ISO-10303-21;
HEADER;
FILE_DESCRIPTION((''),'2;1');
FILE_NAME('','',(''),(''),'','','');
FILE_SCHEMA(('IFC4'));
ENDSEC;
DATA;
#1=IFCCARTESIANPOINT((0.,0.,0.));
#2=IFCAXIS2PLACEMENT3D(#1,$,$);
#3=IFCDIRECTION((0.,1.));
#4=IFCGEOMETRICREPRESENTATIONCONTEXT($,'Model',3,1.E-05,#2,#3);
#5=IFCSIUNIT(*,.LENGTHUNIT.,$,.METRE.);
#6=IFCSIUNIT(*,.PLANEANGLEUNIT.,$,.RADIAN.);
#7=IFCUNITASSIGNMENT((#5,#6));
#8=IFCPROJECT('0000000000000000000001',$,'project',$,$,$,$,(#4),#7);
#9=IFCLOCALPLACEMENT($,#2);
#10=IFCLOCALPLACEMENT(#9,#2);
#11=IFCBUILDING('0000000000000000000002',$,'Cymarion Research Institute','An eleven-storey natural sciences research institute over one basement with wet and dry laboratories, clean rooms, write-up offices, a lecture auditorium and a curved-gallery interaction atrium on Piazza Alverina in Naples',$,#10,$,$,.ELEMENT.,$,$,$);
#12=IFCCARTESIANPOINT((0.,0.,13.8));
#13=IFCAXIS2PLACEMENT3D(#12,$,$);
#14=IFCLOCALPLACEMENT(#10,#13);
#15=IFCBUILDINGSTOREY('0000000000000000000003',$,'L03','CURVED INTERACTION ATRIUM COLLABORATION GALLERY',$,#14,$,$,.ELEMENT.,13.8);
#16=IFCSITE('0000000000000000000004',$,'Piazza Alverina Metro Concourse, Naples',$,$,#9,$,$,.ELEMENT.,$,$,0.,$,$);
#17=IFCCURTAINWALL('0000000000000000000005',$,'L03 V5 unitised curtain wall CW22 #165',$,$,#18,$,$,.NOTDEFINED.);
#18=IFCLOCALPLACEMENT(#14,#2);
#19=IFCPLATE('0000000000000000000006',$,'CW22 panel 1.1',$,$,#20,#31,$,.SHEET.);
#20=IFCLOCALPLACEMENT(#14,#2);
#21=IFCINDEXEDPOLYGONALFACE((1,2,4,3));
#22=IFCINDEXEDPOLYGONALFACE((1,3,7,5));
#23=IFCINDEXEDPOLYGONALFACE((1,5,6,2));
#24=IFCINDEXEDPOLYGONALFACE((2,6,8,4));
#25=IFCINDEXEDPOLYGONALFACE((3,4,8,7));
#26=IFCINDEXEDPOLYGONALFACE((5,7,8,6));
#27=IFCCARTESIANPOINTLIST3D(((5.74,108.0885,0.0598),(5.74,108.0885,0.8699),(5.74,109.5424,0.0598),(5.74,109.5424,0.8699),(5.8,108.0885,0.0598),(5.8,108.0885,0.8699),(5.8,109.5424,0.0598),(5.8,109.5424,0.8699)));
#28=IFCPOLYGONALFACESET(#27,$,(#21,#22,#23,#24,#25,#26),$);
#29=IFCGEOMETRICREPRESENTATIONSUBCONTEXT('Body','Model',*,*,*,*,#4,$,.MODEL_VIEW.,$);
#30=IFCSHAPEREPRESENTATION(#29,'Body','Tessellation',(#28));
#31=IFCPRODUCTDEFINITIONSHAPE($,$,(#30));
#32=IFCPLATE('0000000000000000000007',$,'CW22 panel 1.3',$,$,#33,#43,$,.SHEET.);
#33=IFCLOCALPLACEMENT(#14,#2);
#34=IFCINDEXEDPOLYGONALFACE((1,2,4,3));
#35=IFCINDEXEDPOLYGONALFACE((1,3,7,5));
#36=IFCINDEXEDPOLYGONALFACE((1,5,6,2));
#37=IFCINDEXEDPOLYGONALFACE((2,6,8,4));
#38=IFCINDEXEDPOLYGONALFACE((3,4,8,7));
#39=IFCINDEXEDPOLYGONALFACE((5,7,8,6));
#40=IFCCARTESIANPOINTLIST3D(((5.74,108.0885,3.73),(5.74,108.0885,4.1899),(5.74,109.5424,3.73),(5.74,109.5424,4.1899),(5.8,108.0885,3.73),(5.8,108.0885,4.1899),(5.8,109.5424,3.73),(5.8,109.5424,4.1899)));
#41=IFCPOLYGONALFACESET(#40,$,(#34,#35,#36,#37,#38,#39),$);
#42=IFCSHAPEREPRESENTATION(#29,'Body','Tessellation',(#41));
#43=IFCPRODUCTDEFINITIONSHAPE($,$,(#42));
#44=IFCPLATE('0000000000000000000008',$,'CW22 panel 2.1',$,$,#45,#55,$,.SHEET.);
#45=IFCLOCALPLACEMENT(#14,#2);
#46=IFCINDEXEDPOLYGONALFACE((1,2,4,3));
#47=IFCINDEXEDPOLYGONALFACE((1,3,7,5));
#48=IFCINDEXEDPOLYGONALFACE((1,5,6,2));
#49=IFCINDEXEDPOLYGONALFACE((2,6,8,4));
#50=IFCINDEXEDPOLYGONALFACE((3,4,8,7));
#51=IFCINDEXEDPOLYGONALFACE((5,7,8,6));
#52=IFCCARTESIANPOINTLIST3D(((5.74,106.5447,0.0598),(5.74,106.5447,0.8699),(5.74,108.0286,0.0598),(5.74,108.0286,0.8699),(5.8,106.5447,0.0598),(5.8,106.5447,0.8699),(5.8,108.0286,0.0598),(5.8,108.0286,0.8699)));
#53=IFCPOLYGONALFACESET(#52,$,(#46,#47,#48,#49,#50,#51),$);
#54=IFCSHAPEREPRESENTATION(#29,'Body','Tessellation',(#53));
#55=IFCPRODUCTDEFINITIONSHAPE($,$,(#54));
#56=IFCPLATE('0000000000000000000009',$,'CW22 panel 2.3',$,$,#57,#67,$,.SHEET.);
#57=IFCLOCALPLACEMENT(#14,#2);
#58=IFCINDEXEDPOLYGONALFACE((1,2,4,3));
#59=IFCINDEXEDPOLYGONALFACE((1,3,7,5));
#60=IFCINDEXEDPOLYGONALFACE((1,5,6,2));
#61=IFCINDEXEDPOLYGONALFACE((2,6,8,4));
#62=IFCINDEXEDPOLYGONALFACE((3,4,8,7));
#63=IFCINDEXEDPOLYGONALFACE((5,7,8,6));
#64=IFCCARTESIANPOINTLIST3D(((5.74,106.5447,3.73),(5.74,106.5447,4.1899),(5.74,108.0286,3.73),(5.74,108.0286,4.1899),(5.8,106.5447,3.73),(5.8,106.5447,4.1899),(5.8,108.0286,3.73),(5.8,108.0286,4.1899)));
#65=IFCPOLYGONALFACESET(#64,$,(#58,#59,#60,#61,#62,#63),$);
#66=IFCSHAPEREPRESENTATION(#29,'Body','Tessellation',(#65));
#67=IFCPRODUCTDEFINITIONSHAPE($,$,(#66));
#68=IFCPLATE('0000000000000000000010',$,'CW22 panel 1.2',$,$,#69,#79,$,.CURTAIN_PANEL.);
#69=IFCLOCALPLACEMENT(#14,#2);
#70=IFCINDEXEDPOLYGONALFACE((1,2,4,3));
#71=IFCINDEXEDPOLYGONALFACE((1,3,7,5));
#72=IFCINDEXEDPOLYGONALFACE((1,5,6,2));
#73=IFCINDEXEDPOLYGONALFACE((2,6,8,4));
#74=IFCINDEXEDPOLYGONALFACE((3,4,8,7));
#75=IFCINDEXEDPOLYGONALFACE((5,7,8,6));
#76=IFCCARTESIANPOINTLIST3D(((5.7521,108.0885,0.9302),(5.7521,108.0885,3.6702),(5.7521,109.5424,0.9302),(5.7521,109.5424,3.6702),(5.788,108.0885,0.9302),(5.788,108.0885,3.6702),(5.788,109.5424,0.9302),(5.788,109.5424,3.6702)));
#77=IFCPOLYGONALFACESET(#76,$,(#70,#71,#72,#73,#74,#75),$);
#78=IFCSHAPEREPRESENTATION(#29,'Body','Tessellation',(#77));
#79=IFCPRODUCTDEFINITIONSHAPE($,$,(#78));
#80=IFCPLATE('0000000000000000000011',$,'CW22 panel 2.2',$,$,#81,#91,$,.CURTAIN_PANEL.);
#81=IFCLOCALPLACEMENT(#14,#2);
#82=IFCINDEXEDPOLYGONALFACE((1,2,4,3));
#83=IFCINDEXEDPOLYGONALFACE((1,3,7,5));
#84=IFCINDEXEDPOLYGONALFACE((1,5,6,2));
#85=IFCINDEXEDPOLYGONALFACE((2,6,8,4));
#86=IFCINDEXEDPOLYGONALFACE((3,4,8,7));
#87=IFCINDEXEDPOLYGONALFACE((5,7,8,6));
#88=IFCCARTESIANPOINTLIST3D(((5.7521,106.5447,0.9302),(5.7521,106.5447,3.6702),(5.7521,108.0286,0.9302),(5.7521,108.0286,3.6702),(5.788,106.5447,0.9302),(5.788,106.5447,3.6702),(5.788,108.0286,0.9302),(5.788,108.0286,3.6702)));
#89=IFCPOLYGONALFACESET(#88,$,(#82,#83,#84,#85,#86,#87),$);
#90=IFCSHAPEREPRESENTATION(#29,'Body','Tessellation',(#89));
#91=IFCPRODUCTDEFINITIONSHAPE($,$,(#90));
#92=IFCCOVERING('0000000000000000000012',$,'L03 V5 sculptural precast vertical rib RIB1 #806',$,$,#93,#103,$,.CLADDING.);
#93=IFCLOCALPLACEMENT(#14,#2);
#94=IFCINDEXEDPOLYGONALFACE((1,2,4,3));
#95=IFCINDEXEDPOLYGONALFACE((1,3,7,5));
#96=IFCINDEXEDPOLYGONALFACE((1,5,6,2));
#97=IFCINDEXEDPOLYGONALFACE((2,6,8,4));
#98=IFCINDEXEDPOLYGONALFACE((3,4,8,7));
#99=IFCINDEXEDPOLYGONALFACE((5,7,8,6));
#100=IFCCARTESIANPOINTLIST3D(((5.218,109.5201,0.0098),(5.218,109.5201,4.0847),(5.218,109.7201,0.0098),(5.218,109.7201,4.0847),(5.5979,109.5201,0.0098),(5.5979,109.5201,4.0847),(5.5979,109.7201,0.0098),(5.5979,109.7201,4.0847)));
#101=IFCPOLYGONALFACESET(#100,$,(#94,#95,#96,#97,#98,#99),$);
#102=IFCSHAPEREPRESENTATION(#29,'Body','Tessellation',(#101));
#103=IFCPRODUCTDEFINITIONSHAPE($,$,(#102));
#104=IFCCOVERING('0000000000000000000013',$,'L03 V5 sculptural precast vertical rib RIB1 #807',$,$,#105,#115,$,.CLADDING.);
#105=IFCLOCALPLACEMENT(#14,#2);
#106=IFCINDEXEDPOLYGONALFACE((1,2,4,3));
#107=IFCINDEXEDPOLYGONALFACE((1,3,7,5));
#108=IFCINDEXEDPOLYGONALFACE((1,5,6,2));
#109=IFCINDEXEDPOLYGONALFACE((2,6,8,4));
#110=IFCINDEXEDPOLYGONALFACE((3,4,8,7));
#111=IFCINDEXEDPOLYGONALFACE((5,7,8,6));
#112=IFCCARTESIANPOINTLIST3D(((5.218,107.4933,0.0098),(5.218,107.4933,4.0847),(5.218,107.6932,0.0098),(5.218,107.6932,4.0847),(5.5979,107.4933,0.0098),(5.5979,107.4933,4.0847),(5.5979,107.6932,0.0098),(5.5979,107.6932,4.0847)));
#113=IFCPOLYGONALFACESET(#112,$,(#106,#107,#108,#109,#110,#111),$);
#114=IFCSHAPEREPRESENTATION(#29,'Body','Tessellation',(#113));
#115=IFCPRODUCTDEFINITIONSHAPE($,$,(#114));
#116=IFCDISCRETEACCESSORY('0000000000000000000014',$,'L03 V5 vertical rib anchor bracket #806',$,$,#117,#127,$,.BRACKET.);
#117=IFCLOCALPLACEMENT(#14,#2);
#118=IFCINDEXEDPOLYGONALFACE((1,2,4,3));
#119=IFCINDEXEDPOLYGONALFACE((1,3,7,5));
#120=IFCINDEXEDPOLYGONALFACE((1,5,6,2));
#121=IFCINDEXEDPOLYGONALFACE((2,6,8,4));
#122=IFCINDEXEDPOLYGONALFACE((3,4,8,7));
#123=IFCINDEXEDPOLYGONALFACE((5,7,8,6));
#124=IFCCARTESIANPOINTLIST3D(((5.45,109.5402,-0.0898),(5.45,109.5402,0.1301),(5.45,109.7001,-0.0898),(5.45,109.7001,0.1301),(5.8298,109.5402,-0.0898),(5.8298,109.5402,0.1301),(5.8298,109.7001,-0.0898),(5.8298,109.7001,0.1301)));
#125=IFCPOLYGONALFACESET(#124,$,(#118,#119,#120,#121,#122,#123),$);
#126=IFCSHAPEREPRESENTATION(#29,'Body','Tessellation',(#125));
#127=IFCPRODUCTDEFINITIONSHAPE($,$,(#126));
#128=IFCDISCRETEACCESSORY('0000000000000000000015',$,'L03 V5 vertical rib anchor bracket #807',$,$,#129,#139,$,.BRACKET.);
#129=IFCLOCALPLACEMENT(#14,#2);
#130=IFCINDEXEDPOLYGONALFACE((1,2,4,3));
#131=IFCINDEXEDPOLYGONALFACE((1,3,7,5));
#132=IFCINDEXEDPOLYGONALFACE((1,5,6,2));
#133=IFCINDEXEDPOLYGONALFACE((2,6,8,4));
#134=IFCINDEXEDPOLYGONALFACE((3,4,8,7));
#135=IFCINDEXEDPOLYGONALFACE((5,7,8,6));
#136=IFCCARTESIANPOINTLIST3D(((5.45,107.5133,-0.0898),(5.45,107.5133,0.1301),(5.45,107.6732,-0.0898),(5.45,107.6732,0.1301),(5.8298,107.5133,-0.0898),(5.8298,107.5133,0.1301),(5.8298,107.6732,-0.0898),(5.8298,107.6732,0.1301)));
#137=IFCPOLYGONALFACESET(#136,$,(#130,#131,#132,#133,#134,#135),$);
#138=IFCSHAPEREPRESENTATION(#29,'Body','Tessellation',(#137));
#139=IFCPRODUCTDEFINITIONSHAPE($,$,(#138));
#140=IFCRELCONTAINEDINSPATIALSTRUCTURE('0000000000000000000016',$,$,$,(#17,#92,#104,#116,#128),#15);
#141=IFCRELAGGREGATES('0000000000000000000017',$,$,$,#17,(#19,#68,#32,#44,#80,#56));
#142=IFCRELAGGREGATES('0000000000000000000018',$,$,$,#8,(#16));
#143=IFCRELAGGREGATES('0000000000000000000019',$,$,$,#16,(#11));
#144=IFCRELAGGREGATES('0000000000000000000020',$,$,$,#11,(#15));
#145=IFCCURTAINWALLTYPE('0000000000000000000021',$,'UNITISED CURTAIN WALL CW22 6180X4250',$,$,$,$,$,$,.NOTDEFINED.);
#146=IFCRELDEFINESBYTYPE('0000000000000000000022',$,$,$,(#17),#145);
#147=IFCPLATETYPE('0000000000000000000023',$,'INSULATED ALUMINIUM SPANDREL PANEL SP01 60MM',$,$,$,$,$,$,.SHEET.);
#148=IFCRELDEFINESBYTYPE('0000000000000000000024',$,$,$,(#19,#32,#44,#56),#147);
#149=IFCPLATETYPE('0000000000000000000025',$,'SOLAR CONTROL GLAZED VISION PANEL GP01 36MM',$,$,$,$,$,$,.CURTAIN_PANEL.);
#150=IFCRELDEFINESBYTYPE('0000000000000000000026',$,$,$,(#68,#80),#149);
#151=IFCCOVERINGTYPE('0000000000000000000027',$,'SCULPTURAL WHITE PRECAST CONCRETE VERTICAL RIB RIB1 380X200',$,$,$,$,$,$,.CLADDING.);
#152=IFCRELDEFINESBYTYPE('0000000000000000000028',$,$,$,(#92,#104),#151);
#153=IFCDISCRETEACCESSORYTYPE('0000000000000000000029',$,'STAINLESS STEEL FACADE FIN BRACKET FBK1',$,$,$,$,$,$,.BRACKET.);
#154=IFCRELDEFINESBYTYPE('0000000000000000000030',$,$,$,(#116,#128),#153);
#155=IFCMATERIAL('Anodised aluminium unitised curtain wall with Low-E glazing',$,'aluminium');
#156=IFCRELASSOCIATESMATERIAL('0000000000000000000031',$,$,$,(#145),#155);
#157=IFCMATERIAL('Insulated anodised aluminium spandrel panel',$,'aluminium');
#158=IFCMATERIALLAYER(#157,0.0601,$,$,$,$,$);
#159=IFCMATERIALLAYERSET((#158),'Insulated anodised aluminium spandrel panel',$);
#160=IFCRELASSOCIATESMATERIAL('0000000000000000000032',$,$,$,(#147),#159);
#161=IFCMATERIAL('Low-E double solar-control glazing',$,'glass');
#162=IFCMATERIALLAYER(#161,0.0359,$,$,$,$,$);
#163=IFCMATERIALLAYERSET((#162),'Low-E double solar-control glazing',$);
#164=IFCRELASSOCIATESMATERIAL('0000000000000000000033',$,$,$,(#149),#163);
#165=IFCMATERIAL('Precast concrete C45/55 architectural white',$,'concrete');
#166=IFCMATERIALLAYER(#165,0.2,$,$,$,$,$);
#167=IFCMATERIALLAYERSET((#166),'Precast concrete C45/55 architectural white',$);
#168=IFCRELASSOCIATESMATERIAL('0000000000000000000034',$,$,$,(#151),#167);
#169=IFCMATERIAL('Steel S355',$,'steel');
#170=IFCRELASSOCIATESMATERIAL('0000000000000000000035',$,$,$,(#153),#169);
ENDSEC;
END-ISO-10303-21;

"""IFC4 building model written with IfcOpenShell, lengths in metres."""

from ifc_helpers import new_model, si_unit, direction, frame, origin, origin_2d, place, context, subcontext, project, spatial, rectangle, extrude, material, layer, layer_set, type_object, element, aggregate, save


model = new_model("IFC4")

# Units and contexts
model_context = context("Model", 3, precision=1e-05, world=origin(), true_north=direction((0.0, 1.0)))
body_context = subcontext(model_context, "Body", "Model", "MODEL_VIEW")
ifc_project = project(units=[si_unit("LENGTHUNIT", "METRE"), si_unit("PLANEANGLEUNIT", "RADIAN")], contexts=[model_context])

# Site, building, storey
site_placement = place(None, origin())
site = spatial("IfcSite", under=ifc_project, at=site_placement, Name="Piazza Alverina Metro Concourse, Naples", CompositionType="ELEMENT", RefElevation=0.0)
building_placement = place(site_placement, origin())
building = spatial("IfcBuilding", under=site, at=building_placement, Name="Cymarion Research Institute", Description="An eleven-storey natural sciences research institute over one basement with wet and dry laboratories, clean rooms, write-up offices, a lecture auditorium and a curved-gallery interaction atrium on Piazza Alverina in Naples", CompositionType="ELEMENT")
storey_placement = place(building_placement, frame((0.0, 0.0, 13.8)))
storey = spatial("IfcBuildingStorey", under=building, at=storey_placement, Name="L03", Description="CURVED INTERACTION ATRIUM COLLABORATION GALLERY", CompositionType="ELEMENT", Elevation=13.8)

# Shared definitions
ifc_material_1 = material(Name="Anodised aluminium unitised curtain wall with Low-E glazing", Category="aluminium")
curtain_wall_type = type_object("IfcCurtainWallType", Name="UNITISED CURTAIN WALL CW22 6180X4250", PredefinedType="NOTDEFINED", material=ifc_material_1)

# Curtain wall, plates
curtain_wall_1_placement = place(storey_placement, origin())
curtain_wall_1 = element("IfcCurtainWall", 1, at=curtain_wall_1_placement, inside=storey, type_object=curtain_wall_type, Name="L03 V5 unitised curtain wall CW22 #165", PredefinedType="NOTDEFINED")
ifc_material_2 = material(Name="Insulated anodised aluminium spandrel panel", Category="aluminium")
ifc_layer_1 = layer(ifc_material_2, 0.0601)
ifc_layer_set_1 = layer_set([ifc_layer_1], Name="Insulated anodised aluminium spandrel panel")
plate_type_1 = type_object("IfcPlateType", Name="INSULATED ALUMINIUM SPANDREL PANEL SP01 60MM", PredefinedType="SHEET", material=ifc_layer_set_1)
plate_1_placement = place(storey_placement, frame((5.77, 108.8154, 0.0598), z_axis=(0.0, 0.0, 1.0), x_axis=(0.0, -1.0, 0.0)))
plate_1 = element("IfcPlate", 2, at=plate_1_placement, type_object=plate_type_1, Name="CW22 panel 1.1", PredefinedType="SHEET", context=body_context, shape_type="SweptSolid", body=[
    extrude(rectangle(XDim=1.4539, YDim=0.0601, at=origin_2d()), origin(), (0.0, 0.0, 1.0), 0.8101),
])
plate_2_placement = place(storey_placement, frame((5.77, 108.8154, 3.73), z_axis=(0.0, 0.0, 1.0), x_axis=(0.0, -1.0, 0.0)))
plate_2 = element("IfcPlate", 3, at=plate_2_placement, type_object=plate_type_1, Name="CW22 panel 1.3", PredefinedType="SHEET", context=body_context, shape_type="SweptSolid", body=[
    extrude(rectangle(XDim=1.4539, YDim=0.0601, at=origin_2d()), origin(), (0.0, 0.0, 1.0), 0.46),
])
plate_3_placement = place(storey_placement, frame((5.77, 107.2866, 0.0598), z_axis=(0.0, 0.0, 1.0), x_axis=(0.0, -1.0, 0.0)))
plate_3 = element("IfcPlate", 4, at=plate_3_placement, type_object=plate_type_1, Name="CW22 panel 2.1", PredefinedType="SHEET", context=body_context, shape_type="SweptSolid", body=[
    extrude(rectangle(XDim=1.4839, YDim=0.0601, at=origin_2d()), origin(), (0.0, 0.0, 1.0), 0.8101),
])
plate_4_placement = place(storey_placement, frame((5.77, 107.2866, 3.73), z_axis=(0.0, 0.0, 1.0), x_axis=(0.0, -1.0, 0.0)))
plate_4 = element("IfcPlate", 5, at=plate_4_placement, type_object=plate_type_1, Name="CW22 panel 2.3", PredefinedType="SHEET", context=body_context, shape_type="SweptSolid", body=[
    extrude(rectangle(XDim=1.4839, YDim=0.0601, at=origin_2d()), origin(), (0.0, 0.0, 1.0), 0.46),
])
ifc_material_3 = material(Name="Low-E double solar-control glazing", Category="glass")
ifc_layer_2 = layer(ifc_material_3, 0.0359)
ifc_layer_set_2 = layer_set([ifc_layer_2], Name="Low-E double solar-control glazing")
plate_type_2 = type_object("IfcPlateType", Name="SOLAR CONTROL GLAZED VISION PANEL GP01 36MM", PredefinedType="CURTAIN_PANEL", material=ifc_layer_set_2)
plate_5_placement = place(storey_placement, frame((5.77, 108.8154, 0.9302), z_axis=(0.0, 0.0, 1.0), x_axis=(0.0, -1.0, 0.0)))
plate_5 = element("IfcPlate", 6, at=plate_5_placement, type_object=plate_type_2, Name="CW22 panel 1.2", PredefinedType="CURTAIN_PANEL", context=body_context, shape_type="SweptSolid", body=[
    extrude(rectangle(XDim=1.4539, YDim=0.0359, at=origin_2d()), origin(), (0.0, 0.0, 1.0), 2.74),
])
plate_6_placement = place(storey_placement, frame((5.77, 107.2866, 0.9302), z_axis=(0.0, 0.0, 1.0), x_axis=(0.0, -1.0, 0.0)))
plate_6 = element("IfcPlate", 7, at=plate_6_placement, type_object=plate_type_2, Name="CW22 panel 2.2", PredefinedType="CURTAIN_PANEL", context=body_context, shape_type="SweptSolid", body=[
    extrude(rectangle(XDim=1.4839, YDim=0.0359, at=origin_2d()), origin(), (0.0, 0.0, 1.0), 2.74),
])
aggregate(curtain_wall_1, [plate_1, plate_5, plate_2, plate_3, plate_6, plate_4])

# Coverings
ifc_material_4 = material(Name="Precast concrete C45/55 architectural white", Category="concrete")
ifc_layer_3 = layer(ifc_material_4, 0.2)
ifc_layer_set_3 = layer_set([ifc_layer_3], Name="Precast concrete C45/55 architectural white")
covering_type = type_object("IfcCoveringType", Name="SCULPTURAL WHITE PRECAST CONCRETE VERTICAL RIB RIB1 380X200", PredefinedType="CLADDING", material=ifc_layer_set_3)
for number, where, z_axis, x_axis, name in (
    (8, (5.408, 109.6201, 0.0098), (0.0, 0.0, 1.0), (-1.0, 0.0, 0.0), "L03 V5 sculptural precast vertical rib RIB1 #806"),
    (9, (5.408, 107.5933, 0.0098), (0.0, 0.0, 1.0), (-1.0, 0.0, 0.0), "L03 V5 sculptural precast vertical rib RIB1 #807"),
):
    element("IfcCovering", number, at=place(storey_placement, frame(where, z_axis=z_axis, x_axis=x_axis)), inside=storey, type_object=covering_type, Name=name, PredefinedType="CLADDING", context=body_context, shape_type="SweptSolid", body=[
        extrude(rectangle(XDim=0.3799, YDim=0.2, at=origin_2d()), origin(), (0.0, 0.0, 1.0), 4.075),
    ])

# Discrete accessories
ifc_material_5 = material(Name="Steel S355", Category="steel")
discrete_accessory_type = type_object("IfcDiscreteAccessoryType", Name="STAINLESS STEEL FACADE FIN BRACKET FBK1", PredefinedType="BRACKET", material=ifc_material_5)
for number, where, z_axis, x_axis, name in (
    (10, (5.6399, 109.6201, -0.0898), (0.0, 0.0, 1.0), (-1.0, 0.0, 0.0), "L03 V5 vertical rib anchor bracket #806"),
    (11, (5.6399, 107.5933, -0.0898), (0.0, 0.0, 1.0), (-1.0, 0.0, 0.0), "L03 V5 vertical rib anchor bracket #807"),
):
    element("IfcDiscreteAccessory", number, at=place(storey_placement, frame(where, z_axis=z_axis, x_axis=x_axis)), inside=storey, type_object=discrete_accessory_type, Name=name, PredefinedType="BRACKET", context=body_context, shape_type="SweptSolid", body=[
        extrude(rectangle(XDim=0.3799, YDim=0.1599, at=origin_2d()), origin(), (0.0, 0.0, 1.0), 0.22),
    ])

save(model, "model.ifc")
